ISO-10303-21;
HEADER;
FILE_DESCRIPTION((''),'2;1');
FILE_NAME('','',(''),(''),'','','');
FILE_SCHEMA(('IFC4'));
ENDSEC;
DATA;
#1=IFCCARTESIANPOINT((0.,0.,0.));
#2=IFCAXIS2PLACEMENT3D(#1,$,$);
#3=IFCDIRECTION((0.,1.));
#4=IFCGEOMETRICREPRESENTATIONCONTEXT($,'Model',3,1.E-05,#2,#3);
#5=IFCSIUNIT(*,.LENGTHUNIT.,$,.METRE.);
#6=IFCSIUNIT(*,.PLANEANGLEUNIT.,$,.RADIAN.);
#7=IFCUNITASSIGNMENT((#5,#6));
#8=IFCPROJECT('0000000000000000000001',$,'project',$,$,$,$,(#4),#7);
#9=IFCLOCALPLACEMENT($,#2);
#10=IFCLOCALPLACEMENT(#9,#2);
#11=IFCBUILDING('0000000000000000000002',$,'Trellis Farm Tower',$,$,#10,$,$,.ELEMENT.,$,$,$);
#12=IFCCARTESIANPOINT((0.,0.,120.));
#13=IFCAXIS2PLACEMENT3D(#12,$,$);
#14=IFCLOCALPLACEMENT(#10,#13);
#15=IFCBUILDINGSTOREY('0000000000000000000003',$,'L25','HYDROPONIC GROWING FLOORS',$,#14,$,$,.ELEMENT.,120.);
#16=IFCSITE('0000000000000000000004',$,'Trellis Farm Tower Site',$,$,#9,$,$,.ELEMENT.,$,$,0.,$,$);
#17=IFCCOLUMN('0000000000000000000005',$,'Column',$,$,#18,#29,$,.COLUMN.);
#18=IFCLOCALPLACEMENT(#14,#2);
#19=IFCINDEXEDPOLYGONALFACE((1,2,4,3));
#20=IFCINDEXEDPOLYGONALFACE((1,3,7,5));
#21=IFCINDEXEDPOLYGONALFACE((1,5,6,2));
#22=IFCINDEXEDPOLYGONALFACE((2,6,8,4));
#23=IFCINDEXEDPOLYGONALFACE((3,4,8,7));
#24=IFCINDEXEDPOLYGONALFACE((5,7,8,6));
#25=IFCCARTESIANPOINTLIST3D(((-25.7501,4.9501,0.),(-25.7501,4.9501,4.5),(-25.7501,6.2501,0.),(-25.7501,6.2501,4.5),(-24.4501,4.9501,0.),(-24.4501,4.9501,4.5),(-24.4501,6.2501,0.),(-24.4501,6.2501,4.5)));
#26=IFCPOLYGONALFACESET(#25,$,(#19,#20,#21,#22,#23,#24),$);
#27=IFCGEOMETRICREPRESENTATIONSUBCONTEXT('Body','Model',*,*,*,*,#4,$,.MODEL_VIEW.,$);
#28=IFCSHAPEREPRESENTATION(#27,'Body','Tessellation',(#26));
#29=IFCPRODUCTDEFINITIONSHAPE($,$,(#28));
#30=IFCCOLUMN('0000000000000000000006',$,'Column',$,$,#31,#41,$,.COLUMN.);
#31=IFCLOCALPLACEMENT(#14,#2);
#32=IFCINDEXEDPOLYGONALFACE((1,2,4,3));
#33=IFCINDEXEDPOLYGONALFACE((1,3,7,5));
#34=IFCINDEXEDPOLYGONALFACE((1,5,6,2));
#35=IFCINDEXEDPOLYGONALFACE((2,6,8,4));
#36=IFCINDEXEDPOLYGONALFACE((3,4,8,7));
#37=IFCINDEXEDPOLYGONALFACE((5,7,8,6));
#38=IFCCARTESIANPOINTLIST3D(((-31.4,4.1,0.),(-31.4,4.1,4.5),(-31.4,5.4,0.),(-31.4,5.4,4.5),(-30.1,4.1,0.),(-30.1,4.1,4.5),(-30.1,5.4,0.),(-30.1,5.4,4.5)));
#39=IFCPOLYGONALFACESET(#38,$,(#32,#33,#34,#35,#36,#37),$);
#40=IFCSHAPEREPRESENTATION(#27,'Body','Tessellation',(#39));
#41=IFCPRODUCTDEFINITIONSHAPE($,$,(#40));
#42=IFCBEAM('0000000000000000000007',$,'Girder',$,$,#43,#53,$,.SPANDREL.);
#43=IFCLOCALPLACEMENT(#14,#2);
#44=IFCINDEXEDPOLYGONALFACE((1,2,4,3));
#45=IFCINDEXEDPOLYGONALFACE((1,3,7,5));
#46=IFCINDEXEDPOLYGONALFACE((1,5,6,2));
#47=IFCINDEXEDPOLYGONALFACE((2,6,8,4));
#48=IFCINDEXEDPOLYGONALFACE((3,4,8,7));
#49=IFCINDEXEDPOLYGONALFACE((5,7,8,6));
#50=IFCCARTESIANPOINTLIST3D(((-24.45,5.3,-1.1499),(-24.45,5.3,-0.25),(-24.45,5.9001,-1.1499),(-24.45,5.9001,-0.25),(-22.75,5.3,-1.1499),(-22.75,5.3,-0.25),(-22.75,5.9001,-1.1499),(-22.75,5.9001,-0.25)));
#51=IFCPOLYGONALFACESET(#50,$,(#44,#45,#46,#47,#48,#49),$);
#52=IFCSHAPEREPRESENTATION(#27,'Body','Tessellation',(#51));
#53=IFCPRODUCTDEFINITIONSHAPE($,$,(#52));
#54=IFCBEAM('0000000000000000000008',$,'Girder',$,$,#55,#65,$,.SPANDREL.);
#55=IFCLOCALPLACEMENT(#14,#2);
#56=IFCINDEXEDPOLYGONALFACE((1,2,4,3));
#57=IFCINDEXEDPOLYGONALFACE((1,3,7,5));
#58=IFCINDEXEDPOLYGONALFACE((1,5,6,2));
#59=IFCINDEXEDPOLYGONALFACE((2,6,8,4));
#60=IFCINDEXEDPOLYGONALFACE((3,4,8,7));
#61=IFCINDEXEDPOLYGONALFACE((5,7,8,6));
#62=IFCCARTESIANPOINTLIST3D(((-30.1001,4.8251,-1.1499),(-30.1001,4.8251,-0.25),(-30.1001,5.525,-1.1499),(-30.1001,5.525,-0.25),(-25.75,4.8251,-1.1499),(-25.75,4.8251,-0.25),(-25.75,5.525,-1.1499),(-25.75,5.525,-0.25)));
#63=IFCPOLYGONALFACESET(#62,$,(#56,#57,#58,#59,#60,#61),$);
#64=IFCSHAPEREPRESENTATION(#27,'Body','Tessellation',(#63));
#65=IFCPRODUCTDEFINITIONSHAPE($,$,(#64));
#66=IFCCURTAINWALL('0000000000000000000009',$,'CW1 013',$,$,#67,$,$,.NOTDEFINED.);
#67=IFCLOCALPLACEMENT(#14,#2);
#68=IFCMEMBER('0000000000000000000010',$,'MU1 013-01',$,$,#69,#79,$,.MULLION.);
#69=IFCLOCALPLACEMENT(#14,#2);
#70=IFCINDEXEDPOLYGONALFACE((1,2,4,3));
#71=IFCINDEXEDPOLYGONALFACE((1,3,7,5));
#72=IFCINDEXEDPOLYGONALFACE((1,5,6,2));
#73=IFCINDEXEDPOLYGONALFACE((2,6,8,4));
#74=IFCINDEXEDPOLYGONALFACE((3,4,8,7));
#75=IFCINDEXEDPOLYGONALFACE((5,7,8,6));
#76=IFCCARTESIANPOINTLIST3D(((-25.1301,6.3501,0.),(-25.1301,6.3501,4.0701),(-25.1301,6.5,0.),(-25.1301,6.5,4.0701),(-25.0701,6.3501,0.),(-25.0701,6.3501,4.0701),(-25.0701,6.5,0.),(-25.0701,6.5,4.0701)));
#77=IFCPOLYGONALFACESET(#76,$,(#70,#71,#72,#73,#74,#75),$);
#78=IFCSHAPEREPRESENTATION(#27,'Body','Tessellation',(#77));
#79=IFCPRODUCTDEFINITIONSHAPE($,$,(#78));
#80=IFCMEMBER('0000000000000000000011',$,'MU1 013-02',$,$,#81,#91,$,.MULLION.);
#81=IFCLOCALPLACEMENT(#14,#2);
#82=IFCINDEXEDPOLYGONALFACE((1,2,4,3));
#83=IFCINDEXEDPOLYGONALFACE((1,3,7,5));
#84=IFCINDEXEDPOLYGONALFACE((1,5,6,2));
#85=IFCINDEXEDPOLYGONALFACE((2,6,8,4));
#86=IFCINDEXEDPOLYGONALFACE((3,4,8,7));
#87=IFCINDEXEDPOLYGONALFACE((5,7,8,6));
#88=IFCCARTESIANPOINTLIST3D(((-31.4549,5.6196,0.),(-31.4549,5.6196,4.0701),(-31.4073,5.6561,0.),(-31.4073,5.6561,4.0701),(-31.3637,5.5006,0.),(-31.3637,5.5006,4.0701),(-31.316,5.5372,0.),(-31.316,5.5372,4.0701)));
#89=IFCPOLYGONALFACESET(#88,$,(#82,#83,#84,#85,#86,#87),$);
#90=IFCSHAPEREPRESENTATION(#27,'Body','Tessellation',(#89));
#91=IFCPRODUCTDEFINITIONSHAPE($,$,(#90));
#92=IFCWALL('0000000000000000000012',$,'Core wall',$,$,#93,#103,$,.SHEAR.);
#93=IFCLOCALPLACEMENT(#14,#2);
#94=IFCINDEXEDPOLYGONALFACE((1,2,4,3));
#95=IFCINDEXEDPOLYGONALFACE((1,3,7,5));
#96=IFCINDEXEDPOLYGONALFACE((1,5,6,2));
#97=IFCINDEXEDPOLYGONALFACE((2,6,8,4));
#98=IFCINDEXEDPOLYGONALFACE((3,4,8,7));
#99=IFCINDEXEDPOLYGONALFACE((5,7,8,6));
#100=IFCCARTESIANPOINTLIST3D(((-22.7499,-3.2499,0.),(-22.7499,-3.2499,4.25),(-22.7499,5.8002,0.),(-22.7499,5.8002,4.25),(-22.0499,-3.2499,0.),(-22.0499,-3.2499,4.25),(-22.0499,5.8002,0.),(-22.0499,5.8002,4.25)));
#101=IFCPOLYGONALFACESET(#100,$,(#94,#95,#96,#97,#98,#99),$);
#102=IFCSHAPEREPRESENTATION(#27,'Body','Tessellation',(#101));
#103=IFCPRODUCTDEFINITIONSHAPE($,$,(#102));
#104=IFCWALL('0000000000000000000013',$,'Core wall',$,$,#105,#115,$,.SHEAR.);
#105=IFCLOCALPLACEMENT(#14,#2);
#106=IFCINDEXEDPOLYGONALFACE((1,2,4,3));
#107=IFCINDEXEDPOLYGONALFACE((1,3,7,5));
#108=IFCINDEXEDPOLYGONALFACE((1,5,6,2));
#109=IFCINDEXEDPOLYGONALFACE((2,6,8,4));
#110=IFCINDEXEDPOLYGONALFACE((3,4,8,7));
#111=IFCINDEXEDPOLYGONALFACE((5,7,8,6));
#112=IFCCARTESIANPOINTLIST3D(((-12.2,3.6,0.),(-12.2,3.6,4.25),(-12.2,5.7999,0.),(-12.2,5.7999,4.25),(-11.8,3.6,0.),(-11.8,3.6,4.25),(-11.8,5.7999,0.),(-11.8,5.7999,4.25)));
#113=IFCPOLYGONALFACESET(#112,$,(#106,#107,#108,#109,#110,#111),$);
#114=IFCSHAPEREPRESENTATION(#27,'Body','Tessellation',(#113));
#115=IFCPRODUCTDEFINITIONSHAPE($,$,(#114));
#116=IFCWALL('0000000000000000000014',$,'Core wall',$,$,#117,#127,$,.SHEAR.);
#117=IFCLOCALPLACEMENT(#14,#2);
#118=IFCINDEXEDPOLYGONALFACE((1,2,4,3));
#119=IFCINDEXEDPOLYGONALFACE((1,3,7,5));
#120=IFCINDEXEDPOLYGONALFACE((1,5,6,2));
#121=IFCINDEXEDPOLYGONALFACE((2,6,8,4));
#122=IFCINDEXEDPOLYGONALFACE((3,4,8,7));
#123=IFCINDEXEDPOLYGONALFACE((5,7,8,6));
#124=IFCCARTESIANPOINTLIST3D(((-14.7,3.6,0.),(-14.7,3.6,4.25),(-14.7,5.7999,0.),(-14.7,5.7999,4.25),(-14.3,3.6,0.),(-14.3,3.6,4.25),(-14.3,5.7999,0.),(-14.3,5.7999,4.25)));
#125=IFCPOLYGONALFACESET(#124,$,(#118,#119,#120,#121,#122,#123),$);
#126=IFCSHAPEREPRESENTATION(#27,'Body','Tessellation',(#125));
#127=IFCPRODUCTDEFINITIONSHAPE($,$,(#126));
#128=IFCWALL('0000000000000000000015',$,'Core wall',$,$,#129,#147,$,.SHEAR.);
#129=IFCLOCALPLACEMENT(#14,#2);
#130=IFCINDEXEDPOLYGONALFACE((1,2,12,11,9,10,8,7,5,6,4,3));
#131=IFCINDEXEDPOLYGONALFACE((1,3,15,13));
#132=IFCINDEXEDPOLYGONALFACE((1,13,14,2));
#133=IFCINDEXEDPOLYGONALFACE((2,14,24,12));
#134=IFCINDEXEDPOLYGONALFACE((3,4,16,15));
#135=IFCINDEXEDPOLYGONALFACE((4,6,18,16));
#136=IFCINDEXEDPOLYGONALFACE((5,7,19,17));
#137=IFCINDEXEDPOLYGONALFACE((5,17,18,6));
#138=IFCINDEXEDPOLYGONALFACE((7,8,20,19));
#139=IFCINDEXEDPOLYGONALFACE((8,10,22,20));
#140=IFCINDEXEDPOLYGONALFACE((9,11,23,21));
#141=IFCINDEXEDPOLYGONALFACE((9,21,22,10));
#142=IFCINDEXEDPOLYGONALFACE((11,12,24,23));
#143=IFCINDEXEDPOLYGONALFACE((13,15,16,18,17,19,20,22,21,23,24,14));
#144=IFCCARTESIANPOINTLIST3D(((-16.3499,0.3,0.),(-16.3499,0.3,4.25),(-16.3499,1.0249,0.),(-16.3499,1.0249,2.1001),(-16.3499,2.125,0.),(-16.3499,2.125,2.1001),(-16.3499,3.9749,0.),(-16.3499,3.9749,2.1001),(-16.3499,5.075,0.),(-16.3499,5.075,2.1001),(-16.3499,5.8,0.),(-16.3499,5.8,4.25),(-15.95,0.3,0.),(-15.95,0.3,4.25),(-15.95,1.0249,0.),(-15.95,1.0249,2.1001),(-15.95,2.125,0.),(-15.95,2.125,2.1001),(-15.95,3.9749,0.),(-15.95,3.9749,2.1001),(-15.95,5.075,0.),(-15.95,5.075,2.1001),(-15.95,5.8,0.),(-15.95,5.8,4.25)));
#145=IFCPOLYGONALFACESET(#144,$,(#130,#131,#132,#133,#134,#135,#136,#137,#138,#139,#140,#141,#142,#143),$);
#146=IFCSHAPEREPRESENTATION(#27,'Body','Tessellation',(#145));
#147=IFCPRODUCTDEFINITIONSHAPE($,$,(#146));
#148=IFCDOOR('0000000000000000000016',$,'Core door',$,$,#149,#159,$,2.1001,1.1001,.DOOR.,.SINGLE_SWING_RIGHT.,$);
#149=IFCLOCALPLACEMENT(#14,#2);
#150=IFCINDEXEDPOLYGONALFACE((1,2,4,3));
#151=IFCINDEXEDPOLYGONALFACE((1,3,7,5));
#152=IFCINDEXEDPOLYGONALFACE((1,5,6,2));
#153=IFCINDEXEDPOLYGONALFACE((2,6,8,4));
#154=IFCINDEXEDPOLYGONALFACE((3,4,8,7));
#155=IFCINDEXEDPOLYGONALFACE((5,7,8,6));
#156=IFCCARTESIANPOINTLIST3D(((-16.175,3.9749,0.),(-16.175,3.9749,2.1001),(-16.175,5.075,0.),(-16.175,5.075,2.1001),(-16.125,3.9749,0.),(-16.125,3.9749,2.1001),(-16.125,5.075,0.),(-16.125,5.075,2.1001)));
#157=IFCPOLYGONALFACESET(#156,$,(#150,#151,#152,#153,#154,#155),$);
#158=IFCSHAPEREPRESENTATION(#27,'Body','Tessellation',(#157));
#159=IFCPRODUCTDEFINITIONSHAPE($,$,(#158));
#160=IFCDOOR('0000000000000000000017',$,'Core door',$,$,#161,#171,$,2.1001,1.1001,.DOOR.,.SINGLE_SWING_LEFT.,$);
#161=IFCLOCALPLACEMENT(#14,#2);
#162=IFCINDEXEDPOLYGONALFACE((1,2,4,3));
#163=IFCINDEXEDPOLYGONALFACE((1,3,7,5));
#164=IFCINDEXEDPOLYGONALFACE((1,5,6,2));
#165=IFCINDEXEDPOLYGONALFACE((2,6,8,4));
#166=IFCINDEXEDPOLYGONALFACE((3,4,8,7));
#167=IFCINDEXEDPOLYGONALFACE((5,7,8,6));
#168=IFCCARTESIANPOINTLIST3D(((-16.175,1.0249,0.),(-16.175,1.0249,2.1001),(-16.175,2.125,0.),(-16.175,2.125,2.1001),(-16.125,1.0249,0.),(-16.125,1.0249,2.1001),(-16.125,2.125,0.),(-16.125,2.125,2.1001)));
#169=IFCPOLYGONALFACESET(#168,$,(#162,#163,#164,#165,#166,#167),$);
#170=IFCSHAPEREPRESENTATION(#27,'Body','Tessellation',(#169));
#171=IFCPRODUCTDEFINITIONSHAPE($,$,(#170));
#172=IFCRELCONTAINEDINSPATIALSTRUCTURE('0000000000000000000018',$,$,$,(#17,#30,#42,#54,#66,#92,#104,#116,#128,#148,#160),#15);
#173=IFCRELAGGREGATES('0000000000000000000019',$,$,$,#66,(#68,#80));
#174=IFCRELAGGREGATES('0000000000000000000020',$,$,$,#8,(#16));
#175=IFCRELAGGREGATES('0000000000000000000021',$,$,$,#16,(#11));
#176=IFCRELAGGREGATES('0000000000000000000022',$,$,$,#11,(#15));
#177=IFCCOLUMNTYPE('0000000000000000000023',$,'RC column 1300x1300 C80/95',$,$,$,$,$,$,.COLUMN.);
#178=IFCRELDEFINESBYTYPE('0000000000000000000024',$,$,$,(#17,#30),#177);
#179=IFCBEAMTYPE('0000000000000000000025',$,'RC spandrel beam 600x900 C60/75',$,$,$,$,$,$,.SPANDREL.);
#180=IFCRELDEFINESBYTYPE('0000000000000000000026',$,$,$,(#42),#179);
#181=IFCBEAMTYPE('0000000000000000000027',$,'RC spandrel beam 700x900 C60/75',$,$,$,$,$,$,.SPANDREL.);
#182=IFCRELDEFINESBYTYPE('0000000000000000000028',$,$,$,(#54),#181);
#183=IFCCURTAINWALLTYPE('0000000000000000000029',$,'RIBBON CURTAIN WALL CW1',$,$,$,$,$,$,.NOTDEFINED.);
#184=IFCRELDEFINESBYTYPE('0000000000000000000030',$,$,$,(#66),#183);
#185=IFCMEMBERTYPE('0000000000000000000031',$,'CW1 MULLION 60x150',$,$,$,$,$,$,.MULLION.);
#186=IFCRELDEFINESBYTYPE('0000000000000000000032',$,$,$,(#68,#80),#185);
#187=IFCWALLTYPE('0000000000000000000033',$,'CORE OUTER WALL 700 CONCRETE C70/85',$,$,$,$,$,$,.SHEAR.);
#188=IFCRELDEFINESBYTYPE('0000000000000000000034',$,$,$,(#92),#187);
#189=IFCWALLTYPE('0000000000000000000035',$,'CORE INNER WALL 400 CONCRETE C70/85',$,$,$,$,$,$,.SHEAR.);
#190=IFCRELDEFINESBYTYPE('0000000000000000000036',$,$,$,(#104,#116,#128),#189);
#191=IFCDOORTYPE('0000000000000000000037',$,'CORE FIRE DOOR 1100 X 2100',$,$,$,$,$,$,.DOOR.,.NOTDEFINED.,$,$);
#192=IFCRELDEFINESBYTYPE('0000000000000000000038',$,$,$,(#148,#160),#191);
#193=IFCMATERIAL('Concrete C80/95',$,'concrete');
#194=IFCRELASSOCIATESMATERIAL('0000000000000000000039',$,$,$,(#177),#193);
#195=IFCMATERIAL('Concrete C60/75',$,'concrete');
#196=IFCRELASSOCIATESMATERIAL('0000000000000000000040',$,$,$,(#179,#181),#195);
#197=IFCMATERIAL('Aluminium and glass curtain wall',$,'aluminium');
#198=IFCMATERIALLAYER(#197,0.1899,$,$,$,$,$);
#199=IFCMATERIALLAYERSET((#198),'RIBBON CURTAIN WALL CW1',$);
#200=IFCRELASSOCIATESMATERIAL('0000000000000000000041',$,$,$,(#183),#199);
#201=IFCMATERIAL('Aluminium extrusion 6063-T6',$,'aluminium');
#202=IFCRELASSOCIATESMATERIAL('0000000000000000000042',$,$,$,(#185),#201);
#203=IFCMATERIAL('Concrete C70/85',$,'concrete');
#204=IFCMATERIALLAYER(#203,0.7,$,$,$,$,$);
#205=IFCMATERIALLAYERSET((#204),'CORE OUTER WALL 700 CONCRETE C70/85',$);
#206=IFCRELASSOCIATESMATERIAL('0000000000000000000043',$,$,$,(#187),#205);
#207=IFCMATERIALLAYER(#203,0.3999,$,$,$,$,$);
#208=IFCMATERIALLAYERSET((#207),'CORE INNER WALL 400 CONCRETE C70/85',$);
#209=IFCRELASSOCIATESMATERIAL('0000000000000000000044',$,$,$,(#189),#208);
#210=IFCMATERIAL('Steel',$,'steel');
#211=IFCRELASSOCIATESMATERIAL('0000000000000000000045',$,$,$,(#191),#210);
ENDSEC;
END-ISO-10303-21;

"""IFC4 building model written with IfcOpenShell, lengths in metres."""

from ifc_helpers import new_model, si_unit, direction, frame, frame_2d, origin, origin_2d, place, context, subcontext, project, spatial, rectangle, extrude, source, transform, mapped, material, layer, layer_set, material_profile, profile_set, type_object, element, fill, aggregate, save


model = new_model("IFC4")

# Units and contexts
model_context = context("Model", 3, precision=1e-05, world=origin(), true_north=direction((0.0, 1.0)))
body_context = subcontext(model_context, "Body", "Model", "MODEL_VIEW")
ifc_project = project(units=[si_unit("LENGTHUNIT", "METRE"), si_unit("PLANEANGLEUNIT", "RADIAN")], contexts=[model_context])

# Site, building, storey
site_placement = place(None, origin())
site = spatial("IfcSite", under=ifc_project, at=site_placement, Name="Trellis Farm Tower Site", CompositionType="ELEMENT", RefElevation=0.0)
building_placement = place(site_placement, origin())
building = spatial("IfcBuilding", under=site, at=building_placement, Name="Trellis Farm Tower", CompositionType="ELEMENT")
storey_placement = place(building_placement, frame((0.0, 0.0, 120.0)))
storey = spatial("IfcBuildingStorey", under=building, at=storey_placement, Name="L25", Description="HYDROPONIC GROWING FLOORS", CompositionType="ELEMENT", Elevation=120.0)

# Columns
ifc_material_1 = material(Name="Concrete C80/95", Category="concrete")
ifc_material_profile_1 = material_profile(ifc_material_1, rectangle(XDim=1.3, YDim=1.3, at=origin_2d()), Name="RC column 1300x1300 C80/95")
ifc_profile_set_1 = profile_set([ifc_material_profile_1], Name="Concrete C80/95")
column_type = type_object("IfcColumnType", Name="RC column 1300x1300 C80/95", PredefinedType="COLUMN", material=ifc_profile_set_1)
shared_shape_1 = source(origin(), body_context, "Body", "SweptSolid", [
    extrude(rectangle(XDim=1.3, YDim=1.3, at=origin_2d()), origin(), (0.0, 0.0, 1.0), 4.5),
])
for number, where, z_axis, x_axis, name in (
    (1, (-25.1001, 5.6001, 0.0), (0.0, 0.0, 1.0), (1.0, 0.0, 0.0), "Column"),
    (2, (-30.75, 4.75, 0.0), (0.0, 0.0, 1.0), (1.0, 0.0, 0.0), "Column"),
):
    element("IfcColumn", number, at=place(storey_placement, frame(where, z_axis=z_axis, x_axis=x_axis)), inside=storey, type_object=column_type, Name=name, PredefinedType="COLUMN", context=body_context, shape_type="MappedRepresentation", body=[
        mapped(shared_shape_1, transform((0.0, 0.0, 0.0))),
    ])

# Beams
ifc_material_2 = material(Name="Concrete C60/75", Category="concrete")
ifc_material_profile_2 = material_profile(ifc_material_2, rectangle(XDim=0.6001, YDim=0.8999, at=origin_2d()), Name="RC spandrel beam 600x900 C60/75")
ifc_profile_set_2 = profile_set([ifc_material_profile_2], Name="Concrete C60/75")
beam_type_1 = type_object("IfcBeamType", Name="RC spandrel beam 600x900 C60/75", PredefinedType="SPANDREL", material=ifc_profile_set_2)
shared_shape_2 = source(origin(), body_context, "Body", "SweptSolid", [
    extrude(rectangle(XDim=0.6001, YDim=0.8999, at=origin_2d()), origin(), (0.0, 0.0, 1.0), 1.7),
])
beam_1_placement = place(storey_placement, frame((-24.45, 5.6001, -0.7), z_axis=(1.0, 0.0, 0.0), x_axis=(0.0, 1.0, 0.0)))
element("IfcBeam", 3, at=beam_1_placement, inside=storey, type_object=beam_type_1, Name="Girder", PredefinedType="SPANDREL", context=body_context, shape_type="MappedRepresentation", body=[
    mapped(shared_shape_2, transform((0.0, 0.0, 0.0))),
])
ifc_material_profile_3 = material_profile(ifc_material_2, rectangle(XDim=0.7, YDim=0.8999, at=origin_2d()), Name="RC spandrel beam 700x900 C60/75")
ifc_profile_set_3 = profile_set([ifc_material_profile_3], Name="Concrete C60/75")
beam_type_2 = type_object("IfcBeamType", Name="RC spandrel beam 700x900 C60/75", PredefinedType="SPANDREL", material=ifc_profile_set_3)
shared_shape_3 = source(origin(), body_context, "Body", "SweptSolid", [
    extrude(rectangle(XDim=0.7, YDim=0.8999, at=origin_2d()), origin(), (0.0, 0.0, 1.0), 4.3501),
])
beam_2_placement = place(storey_placement, frame((-30.1001, 5.175, -0.7), z_axis=(1.0, 0.0, 0.0), x_axis=(0.0, 1.0, 0.0)))
element("IfcBeam", 4, at=beam_2_placement, inside=storey, type_object=beam_type_2, Name="Girder", PredefinedType="SPANDREL", context=body_context, shape_type="MappedRepresentation", body=[
    mapped(shared_shape_3, transform((0.0, 0.0, 0.0))),
])

# Curtain wall, members
ifc_material_3 = material(Name="Aluminium and glass curtain wall", Category="aluminium")
ifc_layer_1 = layer(ifc_material_3, 0.1899)
ifc_layer_set_1 = layer_set([ifc_layer_1], Name="RIBBON CURTAIN WALL CW1")
curtain_wall_type = type_object("IfcCurtainWallType", Name="RIBBON CURTAIN WALL CW1", PredefinedType="NOTDEFINED", material=ifc_layer_set_1)
placement = place(storey_placement, origin())
curtain_wall = element("IfcCurtainWall", 5, at=placement, inside=storey, type_object=curtain_wall_type, Name="CW1 013", PredefinedType="NOTDEFINED")
ifc_material_4 = material(Name="Aluminium extrusion 6063-T6", Category="aluminium")
ifc_material_profile_4 = material_profile(ifc_material_4, rectangle(XDim=0.0601, YDim=0.1499, at=origin_2d()), Name="MULLION 60x150")
ifc_profile_set_4 = profile_set([ifc_material_profile_4], Name="Aluminium extrusion 6063-T6")
member_type = type_object("IfcMemberType", Name="CW1 MULLION 60x150", PredefinedType="MULLION", material=ifc_profile_set_4)
shared_shape_4 = source(origin(), body_context, "Body", "SweptSolid", [
    extrude(rectangle(XDim=0.0601, YDim=0.1499, at=origin_2d()), origin(), (0.0, 0.0, 1.0), 4.0701),
])
member_1_placement = place(storey_placement, frame((-25.1001, 6.425, 0.0), z_axis=(0.0, 0.0, 1.0), x_axis=(-1.0, 0.0, 0.0)))
member_1 = element("IfcMember", 6, at=member_1_placement, type_object=member_type, Name="MU1 013-01", PredefinedType="MULLION", context=body_context, shape_type="MappedRepresentation", body=[
    mapped(shared_shape_4, transform((0.0, 0.0, 0.0))),
])
member_2_placement = place(storey_placement, frame((-31.3855, 5.5784, 0.0), z_axis=(0.0, 0.0, 1.0), x_axis=(-0.793353, -0.608761, 0.0)))
member_2 = element("IfcMember", 7, at=member_2_placement, type_object=member_type, Name="MU1 013-02", PredefinedType="MULLION", context=body_context, shape_type="MappedRepresentation", body=[
    mapped(shared_shape_4, transform((0.0, 0.0, 0.0))),
])
aggregate(curtain_wall, [member_1, member_2])

# Walls
ifc_material_5 = material(Name="Concrete C70/85", Category="concrete")
ifc_layer_2 = layer(ifc_material_5, 0.7)
ifc_layer_set_2 = layer_set([ifc_layer_2], Name="CORE OUTER WALL 700 CONCRETE C70/85")
wall_type_1 = type_object("IfcWallType", Name="CORE OUTER WALL 700 CONCRETE C70/85", PredefinedType="SHEAR", material=ifc_layer_set_2)
shared_shape_5 = source(origin(), body_context, "Body", "SweptSolid", [
    extrude(rectangle(XDim=9.05, YDim=0.7, at=frame_2d((4.5249, 0.0))), origin(), (0.0, 0.0, 1.0), 4.25),
])
wall_1_placement = place(storey_placement, frame((-22.3999, 5.8, 0.0), z_axis=(0.0, 0.0, 1.0), x_axis=(0.0, -1.0, 0.0)))
element("IfcWall", 8, at=wall_1_placement, inside=storey, type_object=wall_type_1, Name="Core wall", PredefinedType="SHEAR", context=body_context, shape_type="MappedRepresentation", body=[
    mapped(shared_shape_5, transform((0.0, 0.0, 0.0))),
])
ifc_layer_3 = layer(ifc_material_5, 0.3999)
ifc_layer_set_3 = layer_set([ifc_layer_3], Name="CORE INNER WALL 400 CONCRETE C70/85")
wall_type_2 = type_object("IfcWallType", Name="CORE INNER WALL 400 CONCRETE C70/85", PredefinedType="SHEAR", material=ifc_layer_set_3)
shared_shape_6 = source(origin(), body_context, "Body", "SweptSolid", [
    extrude(rectangle(XDim=2.2, YDim=0.3999, at=frame_2d((1.1001, 0.0))), origin(), (0.0, 0.0, 1.0), 4.25),
])
for number, where, z_axis, x_axis, name in (
    (9, (-12.0, 5.8, 0.0), (0.0, 0.0, 1.0), (0.0, -1.0, 0.0), "Core wall"),
    (10, (-14.5, 5.8, 0.0), (0.0, 0.0, 1.0), (0.0, -1.0, 0.0), "Core wall"),
):
    element("IfcWall", number, at=place(storey_placement, frame(where, z_axis=z_axis, x_axis=x_axis)), inside=storey, type_object=wall_type_2, Name=name, PredefinedType="SHEAR", context=body_context, shape_type="MappedRepresentation", body=[
        mapped(shared_shape_6, transform((0.0, 0.0, 0.0))),
    ])

# Wall, openings, doors
shared_shape_7 = source(origin(), body_context, "Body", "SweptSolid", [
    extrude(rectangle(XDim=5.5, YDim=0.3999, at=frame_2d((2.75, 0.0))), origin(), (0.0, 0.0, 1.0), 4.25),
])
wall_2_placement = place(storey_placement, frame((-16.1499, 5.8, 0.0), z_axis=(0.0, 0.0, 1.0), x_axis=(0.0, -1.0, 0.0)))
wall_2 = element("IfcWall", 11, at=wall_2_placement, inside=storey, type_object=wall_type_2, Name="Core wall", PredefinedType="SHEAR", context=body_context, shape_type="MappedRepresentation", body=[
    mapped(shared_shape_7, transform((0.0, 0.0, 0.0))),
])
shared_shape_8 = source(origin(), body_context, "Body", "SweptSolid", [
    extrude(rectangle(XDim=1.1001, YDim=2.1001, at=frame_2d((0.55, 1.05))), frame((0.0, 0.21, 0.0), z_axis=(0.0, -1.0, 0.0), x_axis=(1.0, 0.0, 0.0)), (0.0, 0.0, 1.0), 0.4199),
])
opening_1_placement = place(wall_2_placement, frame((0.7251, 0.0, 0.0)))
opening_1 = element("IfcOpeningElement", 12, at=opening_1_placement, cuts=wall_2, PredefinedType="OPENING", context=body_context, shape_type="MappedRepresentation", body=[
    mapped(shared_shape_8, transform((0.0, 0.0, 0.0))),
])
opening_2_placement = place(wall_2_placement, frame((3.675, 0.0, 0.0)))
opening_2 = element("IfcOpeningElement", 13, at=opening_2_placement, cuts=wall_2, PredefinedType="OPENING", context=body_context, shape_type="MappedRepresentation", body=[
    mapped(shared_shape_8, transform((0.0, 0.0, 0.0))),
])
ifc_material_6 = material(Name="Steel", Category="steel")
door_type = type_object("IfcDoorType", Name="CORE FIRE DOOR 1100 X 2100", OperationType="NOTDEFINED", PredefinedType="DOOR", material=ifc_material_6)
shared_shape_9 = source(origin(), body_context, "Body", "SweptSolid", [
    extrude(rectangle(XDim=1.1001, YDim=2.1001, at=frame_2d((0.55, 1.05))), frame((0.0, 0.0249, 0.0), z_axis=(0.0, -1.0, 0.0), x_axis=(1.0, 0.0, 0.0)), (0.0, 0.0, 1.0), 0.05),
])
door_1_placement = place(opening_1_placement, origin())
door_1 = element("IfcDoor", 14, at=door_1_placement, inside=storey, type_object=door_type, Name="Core door", OperationType="SINGLE_SWING_RIGHT", OverallHeight=2.1001, OverallWidth=1.1001, PredefinedType="DOOR", context=body_context, shape_type="MappedRepresentation", body=[
    mapped(shared_shape_9, transform((0.0, 0.0, 0.0))),
])
fill(opening_1, door_1)
door_2_placement = place(opening_2_placement, origin())
door_2 = element("IfcDoor", 15, at=door_2_placement, inside=storey, type_object=door_type, Name="Core door", OperationType="SINGLE_SWING_LEFT", OverallHeight=2.1001, OverallWidth=1.1001, PredefinedType="DOOR", context=body_context, shape_type="MappedRepresentation", body=[
    mapped(shared_shape_9, transform((0.0, 0.0, 0.0))),
])
fill(opening_2, door_2)

save(model, "model.ifc")
